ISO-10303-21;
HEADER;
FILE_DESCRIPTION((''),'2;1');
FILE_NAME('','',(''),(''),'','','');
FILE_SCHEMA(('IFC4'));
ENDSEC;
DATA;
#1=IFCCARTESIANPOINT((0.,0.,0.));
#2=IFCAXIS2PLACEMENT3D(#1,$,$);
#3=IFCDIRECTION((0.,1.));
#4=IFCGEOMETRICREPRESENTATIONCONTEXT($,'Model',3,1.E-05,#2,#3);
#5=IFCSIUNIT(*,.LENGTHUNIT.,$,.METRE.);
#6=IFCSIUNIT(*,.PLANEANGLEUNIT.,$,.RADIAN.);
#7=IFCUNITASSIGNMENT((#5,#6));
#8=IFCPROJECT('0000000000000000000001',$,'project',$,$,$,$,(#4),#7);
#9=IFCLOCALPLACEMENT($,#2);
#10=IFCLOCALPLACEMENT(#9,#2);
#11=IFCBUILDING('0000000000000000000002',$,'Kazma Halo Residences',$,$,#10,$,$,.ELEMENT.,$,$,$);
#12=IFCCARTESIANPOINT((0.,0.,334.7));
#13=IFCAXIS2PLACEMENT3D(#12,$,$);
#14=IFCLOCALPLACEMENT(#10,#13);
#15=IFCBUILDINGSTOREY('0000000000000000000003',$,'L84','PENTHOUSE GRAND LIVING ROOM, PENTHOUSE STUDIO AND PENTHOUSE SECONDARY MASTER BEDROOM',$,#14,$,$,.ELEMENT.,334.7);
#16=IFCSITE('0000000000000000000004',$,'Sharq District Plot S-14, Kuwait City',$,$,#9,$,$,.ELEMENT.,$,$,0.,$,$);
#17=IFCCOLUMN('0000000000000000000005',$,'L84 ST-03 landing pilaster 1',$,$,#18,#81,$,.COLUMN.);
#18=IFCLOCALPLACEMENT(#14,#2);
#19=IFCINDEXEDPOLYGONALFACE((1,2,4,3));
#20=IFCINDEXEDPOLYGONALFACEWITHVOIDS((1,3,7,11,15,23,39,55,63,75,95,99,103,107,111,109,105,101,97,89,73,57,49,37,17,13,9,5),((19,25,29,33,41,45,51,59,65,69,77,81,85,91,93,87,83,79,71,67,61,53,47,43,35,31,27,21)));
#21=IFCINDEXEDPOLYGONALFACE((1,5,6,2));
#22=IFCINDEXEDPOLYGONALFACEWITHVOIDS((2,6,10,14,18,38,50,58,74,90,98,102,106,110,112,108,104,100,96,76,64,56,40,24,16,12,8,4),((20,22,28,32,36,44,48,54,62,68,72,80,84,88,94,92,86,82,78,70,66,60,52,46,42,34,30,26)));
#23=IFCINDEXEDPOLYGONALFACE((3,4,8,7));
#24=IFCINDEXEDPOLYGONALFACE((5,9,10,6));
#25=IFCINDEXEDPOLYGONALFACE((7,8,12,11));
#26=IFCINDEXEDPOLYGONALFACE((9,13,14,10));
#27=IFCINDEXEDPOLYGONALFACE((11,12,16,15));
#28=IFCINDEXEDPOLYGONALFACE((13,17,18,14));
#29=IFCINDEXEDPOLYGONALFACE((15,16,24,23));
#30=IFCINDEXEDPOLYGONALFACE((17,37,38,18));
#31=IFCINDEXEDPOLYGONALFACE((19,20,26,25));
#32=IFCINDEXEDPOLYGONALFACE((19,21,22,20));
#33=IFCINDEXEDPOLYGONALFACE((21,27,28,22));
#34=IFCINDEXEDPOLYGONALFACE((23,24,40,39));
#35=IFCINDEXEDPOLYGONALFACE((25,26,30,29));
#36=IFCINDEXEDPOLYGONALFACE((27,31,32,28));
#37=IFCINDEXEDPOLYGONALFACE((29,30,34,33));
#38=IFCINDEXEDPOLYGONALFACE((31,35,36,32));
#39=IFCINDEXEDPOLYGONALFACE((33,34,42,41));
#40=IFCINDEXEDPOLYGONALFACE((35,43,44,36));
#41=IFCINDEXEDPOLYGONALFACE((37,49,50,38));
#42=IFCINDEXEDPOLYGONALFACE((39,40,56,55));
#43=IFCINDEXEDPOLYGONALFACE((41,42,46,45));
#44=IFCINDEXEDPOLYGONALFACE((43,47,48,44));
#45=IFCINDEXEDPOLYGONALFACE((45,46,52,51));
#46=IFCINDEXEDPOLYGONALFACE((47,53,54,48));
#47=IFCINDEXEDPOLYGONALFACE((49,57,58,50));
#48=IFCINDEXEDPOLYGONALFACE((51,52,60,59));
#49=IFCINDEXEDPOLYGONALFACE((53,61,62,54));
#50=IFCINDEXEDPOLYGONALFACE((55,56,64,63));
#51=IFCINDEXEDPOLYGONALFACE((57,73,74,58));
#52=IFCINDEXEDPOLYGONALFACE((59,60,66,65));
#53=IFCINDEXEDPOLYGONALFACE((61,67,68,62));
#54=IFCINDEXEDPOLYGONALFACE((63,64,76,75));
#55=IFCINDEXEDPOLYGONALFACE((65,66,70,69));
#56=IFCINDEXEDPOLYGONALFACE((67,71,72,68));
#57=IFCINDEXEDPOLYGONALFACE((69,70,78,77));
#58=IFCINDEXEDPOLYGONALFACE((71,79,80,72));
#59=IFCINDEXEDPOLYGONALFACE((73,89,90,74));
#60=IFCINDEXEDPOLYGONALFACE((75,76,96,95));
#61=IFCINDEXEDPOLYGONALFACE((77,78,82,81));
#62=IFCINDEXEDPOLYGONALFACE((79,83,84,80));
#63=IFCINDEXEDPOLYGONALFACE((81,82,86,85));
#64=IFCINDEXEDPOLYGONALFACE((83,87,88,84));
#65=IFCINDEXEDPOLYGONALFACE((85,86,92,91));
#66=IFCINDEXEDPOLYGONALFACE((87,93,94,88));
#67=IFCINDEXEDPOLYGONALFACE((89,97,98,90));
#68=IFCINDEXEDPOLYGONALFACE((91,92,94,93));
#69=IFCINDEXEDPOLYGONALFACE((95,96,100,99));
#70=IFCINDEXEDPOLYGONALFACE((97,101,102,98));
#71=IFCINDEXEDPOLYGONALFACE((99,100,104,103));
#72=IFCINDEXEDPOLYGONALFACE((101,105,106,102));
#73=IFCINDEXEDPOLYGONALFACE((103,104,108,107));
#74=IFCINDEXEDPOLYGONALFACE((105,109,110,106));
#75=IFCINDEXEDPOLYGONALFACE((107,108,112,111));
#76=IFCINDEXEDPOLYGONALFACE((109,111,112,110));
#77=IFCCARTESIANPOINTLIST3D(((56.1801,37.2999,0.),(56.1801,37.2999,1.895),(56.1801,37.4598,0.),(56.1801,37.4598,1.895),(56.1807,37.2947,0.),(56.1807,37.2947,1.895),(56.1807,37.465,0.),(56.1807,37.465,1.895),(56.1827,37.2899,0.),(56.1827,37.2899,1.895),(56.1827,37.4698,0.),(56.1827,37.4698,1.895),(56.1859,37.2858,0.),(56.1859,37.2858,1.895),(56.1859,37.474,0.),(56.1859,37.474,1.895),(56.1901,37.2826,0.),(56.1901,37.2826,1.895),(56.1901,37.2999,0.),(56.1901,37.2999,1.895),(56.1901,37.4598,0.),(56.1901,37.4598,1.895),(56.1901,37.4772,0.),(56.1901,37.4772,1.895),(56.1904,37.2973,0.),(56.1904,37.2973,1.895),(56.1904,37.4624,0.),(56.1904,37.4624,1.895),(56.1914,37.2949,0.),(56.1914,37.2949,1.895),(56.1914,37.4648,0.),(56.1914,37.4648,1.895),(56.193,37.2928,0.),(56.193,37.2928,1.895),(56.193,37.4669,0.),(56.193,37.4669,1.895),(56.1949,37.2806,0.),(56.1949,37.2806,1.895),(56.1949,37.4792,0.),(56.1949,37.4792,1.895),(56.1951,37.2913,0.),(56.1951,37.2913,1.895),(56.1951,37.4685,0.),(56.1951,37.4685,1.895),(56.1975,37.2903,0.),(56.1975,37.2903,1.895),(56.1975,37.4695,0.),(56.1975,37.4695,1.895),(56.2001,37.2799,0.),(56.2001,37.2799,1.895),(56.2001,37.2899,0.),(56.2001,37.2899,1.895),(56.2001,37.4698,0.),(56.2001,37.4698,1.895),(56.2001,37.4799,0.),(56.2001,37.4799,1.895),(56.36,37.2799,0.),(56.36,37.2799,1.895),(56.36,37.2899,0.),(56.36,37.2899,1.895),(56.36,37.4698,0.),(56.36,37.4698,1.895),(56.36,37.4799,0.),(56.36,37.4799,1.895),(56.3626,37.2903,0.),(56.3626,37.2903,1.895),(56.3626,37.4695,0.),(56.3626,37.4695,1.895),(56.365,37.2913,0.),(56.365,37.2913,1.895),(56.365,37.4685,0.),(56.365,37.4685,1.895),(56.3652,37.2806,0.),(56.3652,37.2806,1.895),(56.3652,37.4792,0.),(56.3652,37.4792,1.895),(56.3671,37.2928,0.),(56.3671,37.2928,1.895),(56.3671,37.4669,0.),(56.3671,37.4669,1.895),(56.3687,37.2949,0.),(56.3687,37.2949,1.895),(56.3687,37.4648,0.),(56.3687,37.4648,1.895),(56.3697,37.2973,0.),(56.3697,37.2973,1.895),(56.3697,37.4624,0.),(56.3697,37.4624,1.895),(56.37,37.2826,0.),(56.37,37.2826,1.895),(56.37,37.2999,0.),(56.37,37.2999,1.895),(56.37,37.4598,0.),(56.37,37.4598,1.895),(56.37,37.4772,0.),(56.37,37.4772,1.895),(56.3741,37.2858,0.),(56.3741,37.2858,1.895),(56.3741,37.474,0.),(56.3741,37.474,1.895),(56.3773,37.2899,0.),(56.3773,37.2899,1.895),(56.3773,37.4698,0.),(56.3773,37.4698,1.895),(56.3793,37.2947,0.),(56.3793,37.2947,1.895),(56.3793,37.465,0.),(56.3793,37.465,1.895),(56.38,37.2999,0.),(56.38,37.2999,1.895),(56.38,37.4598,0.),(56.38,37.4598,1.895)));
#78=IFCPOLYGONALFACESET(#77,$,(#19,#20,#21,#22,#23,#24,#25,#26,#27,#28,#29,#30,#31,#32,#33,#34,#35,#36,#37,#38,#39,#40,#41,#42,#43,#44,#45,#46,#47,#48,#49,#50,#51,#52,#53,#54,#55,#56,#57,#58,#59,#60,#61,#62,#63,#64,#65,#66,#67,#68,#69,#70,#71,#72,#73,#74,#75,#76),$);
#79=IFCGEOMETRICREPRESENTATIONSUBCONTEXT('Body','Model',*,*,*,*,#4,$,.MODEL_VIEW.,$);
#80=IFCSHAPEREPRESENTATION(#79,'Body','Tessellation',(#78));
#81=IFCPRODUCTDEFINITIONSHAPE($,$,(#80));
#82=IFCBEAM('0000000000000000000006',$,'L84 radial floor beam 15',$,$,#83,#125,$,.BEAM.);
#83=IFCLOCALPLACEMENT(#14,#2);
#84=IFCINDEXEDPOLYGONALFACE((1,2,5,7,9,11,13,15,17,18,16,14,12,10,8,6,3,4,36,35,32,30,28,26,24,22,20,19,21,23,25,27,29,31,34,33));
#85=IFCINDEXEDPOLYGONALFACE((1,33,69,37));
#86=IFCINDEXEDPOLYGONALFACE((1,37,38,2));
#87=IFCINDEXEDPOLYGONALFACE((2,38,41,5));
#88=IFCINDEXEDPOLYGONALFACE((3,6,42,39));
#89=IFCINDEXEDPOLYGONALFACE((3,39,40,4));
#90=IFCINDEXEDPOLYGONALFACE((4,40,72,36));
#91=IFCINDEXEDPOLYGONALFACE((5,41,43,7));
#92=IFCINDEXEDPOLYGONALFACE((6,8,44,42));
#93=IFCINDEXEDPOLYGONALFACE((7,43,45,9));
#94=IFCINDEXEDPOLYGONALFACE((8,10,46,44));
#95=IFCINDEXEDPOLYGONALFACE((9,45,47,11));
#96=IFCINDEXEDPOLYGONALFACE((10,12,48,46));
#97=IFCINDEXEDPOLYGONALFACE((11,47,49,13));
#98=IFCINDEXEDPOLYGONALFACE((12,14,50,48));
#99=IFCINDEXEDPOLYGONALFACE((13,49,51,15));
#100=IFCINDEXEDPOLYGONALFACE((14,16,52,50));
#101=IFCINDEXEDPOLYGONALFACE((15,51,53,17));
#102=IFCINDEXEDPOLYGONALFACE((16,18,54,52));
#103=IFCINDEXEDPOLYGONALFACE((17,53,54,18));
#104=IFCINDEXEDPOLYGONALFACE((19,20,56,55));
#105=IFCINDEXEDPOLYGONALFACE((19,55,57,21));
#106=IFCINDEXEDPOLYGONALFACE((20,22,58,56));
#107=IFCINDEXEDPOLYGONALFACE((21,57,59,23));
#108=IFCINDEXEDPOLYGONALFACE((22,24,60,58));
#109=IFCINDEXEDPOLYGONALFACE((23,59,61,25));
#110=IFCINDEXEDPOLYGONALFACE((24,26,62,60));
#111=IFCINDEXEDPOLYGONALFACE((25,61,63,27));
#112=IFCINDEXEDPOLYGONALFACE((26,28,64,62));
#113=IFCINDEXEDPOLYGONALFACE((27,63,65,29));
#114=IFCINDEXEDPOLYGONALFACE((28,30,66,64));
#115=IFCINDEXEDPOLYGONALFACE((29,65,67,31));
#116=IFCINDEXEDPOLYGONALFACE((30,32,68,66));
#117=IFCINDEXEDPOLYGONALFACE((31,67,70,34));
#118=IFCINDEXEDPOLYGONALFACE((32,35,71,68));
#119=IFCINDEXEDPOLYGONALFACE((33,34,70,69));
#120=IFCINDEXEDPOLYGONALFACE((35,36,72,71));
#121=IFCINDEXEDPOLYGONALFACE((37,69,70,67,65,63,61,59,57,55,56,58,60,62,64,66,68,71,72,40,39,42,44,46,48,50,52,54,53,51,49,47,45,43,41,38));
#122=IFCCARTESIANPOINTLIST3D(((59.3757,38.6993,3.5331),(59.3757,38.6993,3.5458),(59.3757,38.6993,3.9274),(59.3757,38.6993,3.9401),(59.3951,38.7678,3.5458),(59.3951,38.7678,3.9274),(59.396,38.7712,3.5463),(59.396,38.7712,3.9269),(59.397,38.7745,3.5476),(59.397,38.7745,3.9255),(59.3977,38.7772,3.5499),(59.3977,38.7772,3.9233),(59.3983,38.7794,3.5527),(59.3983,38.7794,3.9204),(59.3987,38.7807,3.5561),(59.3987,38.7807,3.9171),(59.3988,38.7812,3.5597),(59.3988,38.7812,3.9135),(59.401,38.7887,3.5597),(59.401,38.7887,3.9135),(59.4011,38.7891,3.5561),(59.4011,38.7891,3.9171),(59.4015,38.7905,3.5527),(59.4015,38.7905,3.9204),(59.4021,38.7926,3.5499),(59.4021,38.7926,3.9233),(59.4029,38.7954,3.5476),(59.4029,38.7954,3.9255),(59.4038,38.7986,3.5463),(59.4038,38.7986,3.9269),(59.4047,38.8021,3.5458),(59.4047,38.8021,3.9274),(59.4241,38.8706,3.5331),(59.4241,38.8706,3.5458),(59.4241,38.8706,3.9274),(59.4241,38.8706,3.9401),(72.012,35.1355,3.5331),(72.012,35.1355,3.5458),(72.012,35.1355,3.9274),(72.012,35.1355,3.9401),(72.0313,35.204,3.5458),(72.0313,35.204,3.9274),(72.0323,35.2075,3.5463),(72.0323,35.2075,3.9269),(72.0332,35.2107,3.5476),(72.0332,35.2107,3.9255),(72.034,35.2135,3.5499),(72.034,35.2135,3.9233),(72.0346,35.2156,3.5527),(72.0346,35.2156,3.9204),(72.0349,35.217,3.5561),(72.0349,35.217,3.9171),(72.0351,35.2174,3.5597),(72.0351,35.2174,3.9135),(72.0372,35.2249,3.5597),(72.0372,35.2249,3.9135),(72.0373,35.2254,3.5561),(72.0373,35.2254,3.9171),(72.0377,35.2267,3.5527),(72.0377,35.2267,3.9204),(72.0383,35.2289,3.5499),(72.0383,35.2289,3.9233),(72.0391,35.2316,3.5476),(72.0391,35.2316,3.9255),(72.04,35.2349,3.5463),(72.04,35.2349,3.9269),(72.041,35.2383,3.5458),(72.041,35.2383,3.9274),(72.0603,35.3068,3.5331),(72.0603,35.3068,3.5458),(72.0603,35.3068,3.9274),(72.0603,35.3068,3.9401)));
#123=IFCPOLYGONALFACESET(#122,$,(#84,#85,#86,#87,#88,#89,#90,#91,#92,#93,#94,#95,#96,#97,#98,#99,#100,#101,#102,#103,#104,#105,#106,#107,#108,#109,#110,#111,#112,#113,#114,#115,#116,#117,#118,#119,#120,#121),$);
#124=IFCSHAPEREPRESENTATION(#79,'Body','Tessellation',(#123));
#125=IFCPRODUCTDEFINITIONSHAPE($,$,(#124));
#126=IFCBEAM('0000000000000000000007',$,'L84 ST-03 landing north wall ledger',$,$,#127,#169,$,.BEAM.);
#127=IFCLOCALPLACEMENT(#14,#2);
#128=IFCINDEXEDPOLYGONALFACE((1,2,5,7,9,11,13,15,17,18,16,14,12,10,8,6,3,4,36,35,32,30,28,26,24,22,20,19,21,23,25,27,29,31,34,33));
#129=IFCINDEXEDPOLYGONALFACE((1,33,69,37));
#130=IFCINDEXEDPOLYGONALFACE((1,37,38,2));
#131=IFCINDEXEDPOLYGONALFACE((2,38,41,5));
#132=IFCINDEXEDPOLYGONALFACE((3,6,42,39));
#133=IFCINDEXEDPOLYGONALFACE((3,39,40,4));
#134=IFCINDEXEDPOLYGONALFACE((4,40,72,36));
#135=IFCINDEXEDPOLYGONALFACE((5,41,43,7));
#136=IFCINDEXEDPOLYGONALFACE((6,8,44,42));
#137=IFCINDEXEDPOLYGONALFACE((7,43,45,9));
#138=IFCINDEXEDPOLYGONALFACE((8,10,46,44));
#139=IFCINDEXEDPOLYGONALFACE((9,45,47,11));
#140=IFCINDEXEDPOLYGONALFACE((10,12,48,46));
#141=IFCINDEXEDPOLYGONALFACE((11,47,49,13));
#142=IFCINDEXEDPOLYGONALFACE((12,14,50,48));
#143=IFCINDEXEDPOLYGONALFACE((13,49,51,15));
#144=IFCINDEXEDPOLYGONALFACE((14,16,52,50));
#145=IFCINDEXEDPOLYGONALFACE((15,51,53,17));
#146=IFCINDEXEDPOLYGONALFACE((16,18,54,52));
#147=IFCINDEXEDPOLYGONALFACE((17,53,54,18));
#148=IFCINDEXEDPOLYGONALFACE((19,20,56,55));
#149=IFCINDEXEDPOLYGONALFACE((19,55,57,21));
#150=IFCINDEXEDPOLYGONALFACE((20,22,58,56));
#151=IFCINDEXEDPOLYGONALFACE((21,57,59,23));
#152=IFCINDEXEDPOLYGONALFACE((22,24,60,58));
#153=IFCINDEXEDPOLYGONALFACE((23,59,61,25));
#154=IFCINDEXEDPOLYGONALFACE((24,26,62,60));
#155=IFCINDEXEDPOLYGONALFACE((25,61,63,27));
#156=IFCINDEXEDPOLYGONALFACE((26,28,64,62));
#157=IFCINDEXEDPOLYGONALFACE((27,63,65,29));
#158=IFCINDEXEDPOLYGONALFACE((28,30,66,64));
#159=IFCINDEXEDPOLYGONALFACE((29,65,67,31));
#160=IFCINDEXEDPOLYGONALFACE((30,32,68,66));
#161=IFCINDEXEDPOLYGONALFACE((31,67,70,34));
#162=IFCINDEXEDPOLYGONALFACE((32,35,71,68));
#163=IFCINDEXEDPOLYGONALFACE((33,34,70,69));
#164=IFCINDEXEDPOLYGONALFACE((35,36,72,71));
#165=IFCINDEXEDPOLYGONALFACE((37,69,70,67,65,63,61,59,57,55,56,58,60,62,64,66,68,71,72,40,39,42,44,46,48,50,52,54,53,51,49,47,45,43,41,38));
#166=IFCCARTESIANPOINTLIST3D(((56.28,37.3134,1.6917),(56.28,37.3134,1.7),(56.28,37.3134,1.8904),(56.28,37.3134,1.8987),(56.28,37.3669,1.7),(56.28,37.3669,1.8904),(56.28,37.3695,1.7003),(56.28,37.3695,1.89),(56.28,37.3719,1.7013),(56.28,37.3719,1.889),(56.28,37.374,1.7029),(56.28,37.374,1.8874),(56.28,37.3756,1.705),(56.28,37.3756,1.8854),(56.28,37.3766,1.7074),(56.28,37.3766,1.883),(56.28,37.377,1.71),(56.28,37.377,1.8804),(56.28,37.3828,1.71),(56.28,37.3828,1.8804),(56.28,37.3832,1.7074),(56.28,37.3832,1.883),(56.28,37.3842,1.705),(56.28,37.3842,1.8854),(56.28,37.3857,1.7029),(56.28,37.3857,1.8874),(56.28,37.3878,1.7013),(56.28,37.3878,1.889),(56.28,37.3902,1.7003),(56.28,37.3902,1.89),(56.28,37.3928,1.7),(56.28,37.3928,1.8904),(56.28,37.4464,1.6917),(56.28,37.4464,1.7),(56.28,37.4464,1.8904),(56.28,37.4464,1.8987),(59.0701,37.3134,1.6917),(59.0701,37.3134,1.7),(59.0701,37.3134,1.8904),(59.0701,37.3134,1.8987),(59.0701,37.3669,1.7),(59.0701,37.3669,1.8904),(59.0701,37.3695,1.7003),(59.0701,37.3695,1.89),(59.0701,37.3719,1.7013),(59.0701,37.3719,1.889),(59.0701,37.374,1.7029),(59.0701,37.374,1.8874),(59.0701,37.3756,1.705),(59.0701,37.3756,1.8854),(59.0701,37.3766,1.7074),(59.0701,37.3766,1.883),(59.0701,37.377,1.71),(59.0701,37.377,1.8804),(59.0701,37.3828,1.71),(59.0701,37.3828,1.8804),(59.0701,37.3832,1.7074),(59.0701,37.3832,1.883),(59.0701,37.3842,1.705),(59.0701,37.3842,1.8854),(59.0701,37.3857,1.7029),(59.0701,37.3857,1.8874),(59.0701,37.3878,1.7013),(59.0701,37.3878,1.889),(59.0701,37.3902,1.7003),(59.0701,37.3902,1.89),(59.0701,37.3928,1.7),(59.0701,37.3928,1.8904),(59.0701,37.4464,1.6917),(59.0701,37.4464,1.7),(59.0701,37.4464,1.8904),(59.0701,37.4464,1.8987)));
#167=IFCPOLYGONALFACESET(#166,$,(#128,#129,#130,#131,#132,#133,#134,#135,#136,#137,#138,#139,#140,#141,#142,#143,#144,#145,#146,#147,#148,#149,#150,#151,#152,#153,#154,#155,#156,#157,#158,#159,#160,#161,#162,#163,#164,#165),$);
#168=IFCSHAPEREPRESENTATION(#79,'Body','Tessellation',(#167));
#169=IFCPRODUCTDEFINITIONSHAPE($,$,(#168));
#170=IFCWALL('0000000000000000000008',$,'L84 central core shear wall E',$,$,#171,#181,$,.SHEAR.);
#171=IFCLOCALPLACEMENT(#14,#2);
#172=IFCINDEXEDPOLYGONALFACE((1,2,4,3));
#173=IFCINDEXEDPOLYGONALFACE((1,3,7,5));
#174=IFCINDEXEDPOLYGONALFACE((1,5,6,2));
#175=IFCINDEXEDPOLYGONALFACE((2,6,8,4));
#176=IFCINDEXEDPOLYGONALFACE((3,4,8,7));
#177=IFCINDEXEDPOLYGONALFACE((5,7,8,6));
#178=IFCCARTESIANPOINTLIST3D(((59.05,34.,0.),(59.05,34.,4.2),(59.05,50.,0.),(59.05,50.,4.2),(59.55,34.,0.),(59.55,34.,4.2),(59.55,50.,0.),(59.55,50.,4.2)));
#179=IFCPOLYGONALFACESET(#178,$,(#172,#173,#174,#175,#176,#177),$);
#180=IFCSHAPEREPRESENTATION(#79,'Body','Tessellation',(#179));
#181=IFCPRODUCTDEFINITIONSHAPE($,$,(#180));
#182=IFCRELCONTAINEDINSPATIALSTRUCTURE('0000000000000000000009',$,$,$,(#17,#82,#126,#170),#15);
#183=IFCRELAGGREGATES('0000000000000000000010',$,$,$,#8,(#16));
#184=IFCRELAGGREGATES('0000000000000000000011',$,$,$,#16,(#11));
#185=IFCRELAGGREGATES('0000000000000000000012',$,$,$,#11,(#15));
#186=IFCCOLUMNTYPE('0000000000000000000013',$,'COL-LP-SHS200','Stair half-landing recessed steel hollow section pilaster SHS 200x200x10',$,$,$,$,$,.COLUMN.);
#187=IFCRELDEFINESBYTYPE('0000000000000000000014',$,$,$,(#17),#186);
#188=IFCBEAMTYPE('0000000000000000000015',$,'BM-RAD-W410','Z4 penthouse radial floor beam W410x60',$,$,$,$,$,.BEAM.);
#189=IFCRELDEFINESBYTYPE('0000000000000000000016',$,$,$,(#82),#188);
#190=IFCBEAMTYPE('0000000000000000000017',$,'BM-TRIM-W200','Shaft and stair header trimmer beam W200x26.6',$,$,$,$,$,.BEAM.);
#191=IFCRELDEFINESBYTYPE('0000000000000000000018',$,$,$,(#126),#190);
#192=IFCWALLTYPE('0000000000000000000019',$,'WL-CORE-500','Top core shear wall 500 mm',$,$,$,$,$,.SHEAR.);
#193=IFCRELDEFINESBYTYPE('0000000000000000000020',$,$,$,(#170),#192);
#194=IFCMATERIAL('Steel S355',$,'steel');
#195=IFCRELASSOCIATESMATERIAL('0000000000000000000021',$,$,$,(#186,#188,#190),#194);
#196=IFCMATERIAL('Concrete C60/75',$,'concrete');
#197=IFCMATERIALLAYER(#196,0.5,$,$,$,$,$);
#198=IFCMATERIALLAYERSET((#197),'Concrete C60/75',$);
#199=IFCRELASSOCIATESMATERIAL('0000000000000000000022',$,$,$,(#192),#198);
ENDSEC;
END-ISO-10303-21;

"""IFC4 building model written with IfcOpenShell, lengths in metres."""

from ifc_helpers import new_model, si_unit, direction, frame, frame_2d, origin, origin_2d, place, context, subcontext, project, spatial, rectangle, hollow_rectangle, i_section, extrude, material, layer, layer_set, material_profile, profile_set, type_object, element, save


model = new_model("IFC4")

# Units and contexts
model_context = context("Model", 3, precision=1e-05, world=origin(), true_north=direction((0.0, 1.0)))
body_context = subcontext(model_context, "Body", "Model", "MODEL_VIEW")
ifc_project = project(units=[si_unit("LENGTHUNIT", "METRE"), si_unit("PLANEANGLEUNIT", "RADIAN")], contexts=[model_context])

# Site, building, storey
site_placement = place(None, origin())
site = spatial("IfcSite", under=ifc_project, at=site_placement, Name="Sharq District Plot S-14, Kuwait City", CompositionType="ELEMENT", RefElevation=0.0)
building_placement = place(site_placement, origin())
building = spatial("IfcBuilding", under=site, at=building_placement, Name="Kazma Halo Residences", CompositionType="ELEMENT")
storey_placement = place(building_placement, frame((0.0, 0.0, 334.7)))
storey = spatial("IfcBuildingStorey", under=building, at=storey_placement, Name="L84", Description="PENTHOUSE GRAND LIVING ROOM, PENTHOUSE STUDIO AND PENTHOUSE SECONDARY MASTER BEDROOM", CompositionType="ELEMENT", Elevation=334.7)

# Column
ifc_material_1 = material(Name="Steel S355", Category="steel")
ifc_material_profile_1 = material_profile(ifc_material_1, hollow_rectangle(XDim=0.2, YDim=0.2, WallThickness=0.01, InnerFilletRadius=0.01, OuterFilletRadius=0.02, at=origin_2d()), Name="SHS200x200x10")
ifc_profile_set_1 = profile_set([ifc_material_profile_1], Name="Steel S355")
column_type = type_object("IfcColumnType", Name="COL-LP-SHS200", Description="Stair half-landing recessed steel hollow section pilaster SHS 200x200x10", PredefinedType="COLUMN", material=ifc_profile_set_1)
column_placement = place(storey_placement, frame((56.28, 37.3799, 0.0), z_axis=(0.0, 0.0, 1.0), x_axis=(1.0, 0.0, 0.0)))
element("IfcColumn", 1, at=column_placement, inside=storey, type_object=column_type, Name="L84 ST-03 landing pilaster 1", PredefinedType="COLUMN", context=body_context, shape_type="SweptSolid", body=[
    extrude(hollow_rectangle(XDim=0.2, YDim=0.2, WallThickness=0.01, InnerFilletRadius=0.01, OuterFilletRadius=0.02, at=origin_2d()), origin(), (0.0, 0.0, 1.0), 1.895),
])

# Beams
ifc_material_profile_2 = material_profile(ifc_material_1, i_section(OverallWidth=0.178, OverallDepth=0.407, WebThickness=0.0078, FlangeThickness=0.0127, FilletRadius=0.0139, at=origin_2d()), Name="W410x60")
ifc_profile_set_2 = profile_set([ifc_material_profile_2], Name="Steel S355")
beam_type_1 = type_object("IfcBeamType", Name="BM-RAD-W410", Description="Z4 penthouse radial floor beam W410x60", PredefinedType="BEAM", material=ifc_profile_set_2)
beam_1_placement = place(storey_placement, frame((59.3999, 38.7849, 3.7366), z_axis=(0.962457, -0.271436, 0.0), x_axis=(0.271436, 0.962457, 0.0)))
element("IfcBeam", 2, at=beam_1_placement, inside=storey, type_object=beam_type_1, Name="L84 radial floor beam 15", PredefinedType="BEAM", context=body_context, shape_type="SweptSolid", body=[
    extrude(i_section(OverallWidth=0.178, OverallDepth=0.407, WebThickness=0.0078, FlangeThickness=0.0127, FilletRadius=0.0139, at=origin_2d()), origin(), (0.0, 0.0, 1.0), 13.1292),
])
ifc_material_profile_3 = material_profile(ifc_material_1, i_section(OverallWidth=0.1331, OverallDepth=0.207, WebThickness=0.0059, FlangeThickness=0.0083, FilletRadius=0.01, at=origin_2d()), Name="W200x26.6")
ifc_profile_set_3 = profile_set([ifc_material_profile_3], Name="Steel S355")
beam_type_2 = type_object("IfcBeamType", Name="BM-TRIM-W200", Description="Shaft and stair header trimmer beam W200x26.6", PredefinedType="BEAM", material=ifc_profile_set_3)
beam_2_placement = place(storey_placement, frame((56.28, 37.3799, 1.7952), z_axis=(1.0, 0.0, 0.0), x_axis=(0.0, 1.0, 0.0)))
element("IfcBeam", 3, at=beam_2_placement, inside=storey, type_object=beam_type_2, Name="L84 ST-03 landing north wall ledger", PredefinedType="BEAM", context=body_context, shape_type="SweptSolid", body=[
    extrude(i_section(OverallWidth=0.1331, OverallDepth=0.207, WebThickness=0.0059, FlangeThickness=0.0083, FilletRadius=0.01, at=origin_2d()), origin(), (0.0, 0.0, 1.0), 2.79),
])

# Wall
ifc_material_2 = material(Name="Concrete C60/75", Category="concrete")
ifc_layer_1 = layer(ifc_material_2, 0.5)
ifc_layer_set_1 = layer_set([ifc_layer_1], Name="Concrete C60/75")
wall_type_1 = type_object("IfcWallType", Name="WL-CORE-500", Description="Top core shear wall 500 mm", PredefinedType="SHEAR", material=ifc_layer_set_1)
wall_1_placement = place(storey_placement, frame((59.3, 34.0, 0.0), z_axis=(0.0, 0.0, 1.0), x_axis=(0.0, 1.0, 0.0)))
element("IfcWall", 4, at=wall_1_placement, inside=storey, type_object=wall_type_1, Name="L84 central core shear wall E", PredefinedType="SHEAR", context=body_context, shape_type="SweptSolid", body=[
    extrude(rectangle(XDim=16.0, YDim=0.5, at=frame_2d((8.0, 0.0))), origin(), (0.0, 0.0, 1.0), 4.2),
])

save(model, "model.ifc")
